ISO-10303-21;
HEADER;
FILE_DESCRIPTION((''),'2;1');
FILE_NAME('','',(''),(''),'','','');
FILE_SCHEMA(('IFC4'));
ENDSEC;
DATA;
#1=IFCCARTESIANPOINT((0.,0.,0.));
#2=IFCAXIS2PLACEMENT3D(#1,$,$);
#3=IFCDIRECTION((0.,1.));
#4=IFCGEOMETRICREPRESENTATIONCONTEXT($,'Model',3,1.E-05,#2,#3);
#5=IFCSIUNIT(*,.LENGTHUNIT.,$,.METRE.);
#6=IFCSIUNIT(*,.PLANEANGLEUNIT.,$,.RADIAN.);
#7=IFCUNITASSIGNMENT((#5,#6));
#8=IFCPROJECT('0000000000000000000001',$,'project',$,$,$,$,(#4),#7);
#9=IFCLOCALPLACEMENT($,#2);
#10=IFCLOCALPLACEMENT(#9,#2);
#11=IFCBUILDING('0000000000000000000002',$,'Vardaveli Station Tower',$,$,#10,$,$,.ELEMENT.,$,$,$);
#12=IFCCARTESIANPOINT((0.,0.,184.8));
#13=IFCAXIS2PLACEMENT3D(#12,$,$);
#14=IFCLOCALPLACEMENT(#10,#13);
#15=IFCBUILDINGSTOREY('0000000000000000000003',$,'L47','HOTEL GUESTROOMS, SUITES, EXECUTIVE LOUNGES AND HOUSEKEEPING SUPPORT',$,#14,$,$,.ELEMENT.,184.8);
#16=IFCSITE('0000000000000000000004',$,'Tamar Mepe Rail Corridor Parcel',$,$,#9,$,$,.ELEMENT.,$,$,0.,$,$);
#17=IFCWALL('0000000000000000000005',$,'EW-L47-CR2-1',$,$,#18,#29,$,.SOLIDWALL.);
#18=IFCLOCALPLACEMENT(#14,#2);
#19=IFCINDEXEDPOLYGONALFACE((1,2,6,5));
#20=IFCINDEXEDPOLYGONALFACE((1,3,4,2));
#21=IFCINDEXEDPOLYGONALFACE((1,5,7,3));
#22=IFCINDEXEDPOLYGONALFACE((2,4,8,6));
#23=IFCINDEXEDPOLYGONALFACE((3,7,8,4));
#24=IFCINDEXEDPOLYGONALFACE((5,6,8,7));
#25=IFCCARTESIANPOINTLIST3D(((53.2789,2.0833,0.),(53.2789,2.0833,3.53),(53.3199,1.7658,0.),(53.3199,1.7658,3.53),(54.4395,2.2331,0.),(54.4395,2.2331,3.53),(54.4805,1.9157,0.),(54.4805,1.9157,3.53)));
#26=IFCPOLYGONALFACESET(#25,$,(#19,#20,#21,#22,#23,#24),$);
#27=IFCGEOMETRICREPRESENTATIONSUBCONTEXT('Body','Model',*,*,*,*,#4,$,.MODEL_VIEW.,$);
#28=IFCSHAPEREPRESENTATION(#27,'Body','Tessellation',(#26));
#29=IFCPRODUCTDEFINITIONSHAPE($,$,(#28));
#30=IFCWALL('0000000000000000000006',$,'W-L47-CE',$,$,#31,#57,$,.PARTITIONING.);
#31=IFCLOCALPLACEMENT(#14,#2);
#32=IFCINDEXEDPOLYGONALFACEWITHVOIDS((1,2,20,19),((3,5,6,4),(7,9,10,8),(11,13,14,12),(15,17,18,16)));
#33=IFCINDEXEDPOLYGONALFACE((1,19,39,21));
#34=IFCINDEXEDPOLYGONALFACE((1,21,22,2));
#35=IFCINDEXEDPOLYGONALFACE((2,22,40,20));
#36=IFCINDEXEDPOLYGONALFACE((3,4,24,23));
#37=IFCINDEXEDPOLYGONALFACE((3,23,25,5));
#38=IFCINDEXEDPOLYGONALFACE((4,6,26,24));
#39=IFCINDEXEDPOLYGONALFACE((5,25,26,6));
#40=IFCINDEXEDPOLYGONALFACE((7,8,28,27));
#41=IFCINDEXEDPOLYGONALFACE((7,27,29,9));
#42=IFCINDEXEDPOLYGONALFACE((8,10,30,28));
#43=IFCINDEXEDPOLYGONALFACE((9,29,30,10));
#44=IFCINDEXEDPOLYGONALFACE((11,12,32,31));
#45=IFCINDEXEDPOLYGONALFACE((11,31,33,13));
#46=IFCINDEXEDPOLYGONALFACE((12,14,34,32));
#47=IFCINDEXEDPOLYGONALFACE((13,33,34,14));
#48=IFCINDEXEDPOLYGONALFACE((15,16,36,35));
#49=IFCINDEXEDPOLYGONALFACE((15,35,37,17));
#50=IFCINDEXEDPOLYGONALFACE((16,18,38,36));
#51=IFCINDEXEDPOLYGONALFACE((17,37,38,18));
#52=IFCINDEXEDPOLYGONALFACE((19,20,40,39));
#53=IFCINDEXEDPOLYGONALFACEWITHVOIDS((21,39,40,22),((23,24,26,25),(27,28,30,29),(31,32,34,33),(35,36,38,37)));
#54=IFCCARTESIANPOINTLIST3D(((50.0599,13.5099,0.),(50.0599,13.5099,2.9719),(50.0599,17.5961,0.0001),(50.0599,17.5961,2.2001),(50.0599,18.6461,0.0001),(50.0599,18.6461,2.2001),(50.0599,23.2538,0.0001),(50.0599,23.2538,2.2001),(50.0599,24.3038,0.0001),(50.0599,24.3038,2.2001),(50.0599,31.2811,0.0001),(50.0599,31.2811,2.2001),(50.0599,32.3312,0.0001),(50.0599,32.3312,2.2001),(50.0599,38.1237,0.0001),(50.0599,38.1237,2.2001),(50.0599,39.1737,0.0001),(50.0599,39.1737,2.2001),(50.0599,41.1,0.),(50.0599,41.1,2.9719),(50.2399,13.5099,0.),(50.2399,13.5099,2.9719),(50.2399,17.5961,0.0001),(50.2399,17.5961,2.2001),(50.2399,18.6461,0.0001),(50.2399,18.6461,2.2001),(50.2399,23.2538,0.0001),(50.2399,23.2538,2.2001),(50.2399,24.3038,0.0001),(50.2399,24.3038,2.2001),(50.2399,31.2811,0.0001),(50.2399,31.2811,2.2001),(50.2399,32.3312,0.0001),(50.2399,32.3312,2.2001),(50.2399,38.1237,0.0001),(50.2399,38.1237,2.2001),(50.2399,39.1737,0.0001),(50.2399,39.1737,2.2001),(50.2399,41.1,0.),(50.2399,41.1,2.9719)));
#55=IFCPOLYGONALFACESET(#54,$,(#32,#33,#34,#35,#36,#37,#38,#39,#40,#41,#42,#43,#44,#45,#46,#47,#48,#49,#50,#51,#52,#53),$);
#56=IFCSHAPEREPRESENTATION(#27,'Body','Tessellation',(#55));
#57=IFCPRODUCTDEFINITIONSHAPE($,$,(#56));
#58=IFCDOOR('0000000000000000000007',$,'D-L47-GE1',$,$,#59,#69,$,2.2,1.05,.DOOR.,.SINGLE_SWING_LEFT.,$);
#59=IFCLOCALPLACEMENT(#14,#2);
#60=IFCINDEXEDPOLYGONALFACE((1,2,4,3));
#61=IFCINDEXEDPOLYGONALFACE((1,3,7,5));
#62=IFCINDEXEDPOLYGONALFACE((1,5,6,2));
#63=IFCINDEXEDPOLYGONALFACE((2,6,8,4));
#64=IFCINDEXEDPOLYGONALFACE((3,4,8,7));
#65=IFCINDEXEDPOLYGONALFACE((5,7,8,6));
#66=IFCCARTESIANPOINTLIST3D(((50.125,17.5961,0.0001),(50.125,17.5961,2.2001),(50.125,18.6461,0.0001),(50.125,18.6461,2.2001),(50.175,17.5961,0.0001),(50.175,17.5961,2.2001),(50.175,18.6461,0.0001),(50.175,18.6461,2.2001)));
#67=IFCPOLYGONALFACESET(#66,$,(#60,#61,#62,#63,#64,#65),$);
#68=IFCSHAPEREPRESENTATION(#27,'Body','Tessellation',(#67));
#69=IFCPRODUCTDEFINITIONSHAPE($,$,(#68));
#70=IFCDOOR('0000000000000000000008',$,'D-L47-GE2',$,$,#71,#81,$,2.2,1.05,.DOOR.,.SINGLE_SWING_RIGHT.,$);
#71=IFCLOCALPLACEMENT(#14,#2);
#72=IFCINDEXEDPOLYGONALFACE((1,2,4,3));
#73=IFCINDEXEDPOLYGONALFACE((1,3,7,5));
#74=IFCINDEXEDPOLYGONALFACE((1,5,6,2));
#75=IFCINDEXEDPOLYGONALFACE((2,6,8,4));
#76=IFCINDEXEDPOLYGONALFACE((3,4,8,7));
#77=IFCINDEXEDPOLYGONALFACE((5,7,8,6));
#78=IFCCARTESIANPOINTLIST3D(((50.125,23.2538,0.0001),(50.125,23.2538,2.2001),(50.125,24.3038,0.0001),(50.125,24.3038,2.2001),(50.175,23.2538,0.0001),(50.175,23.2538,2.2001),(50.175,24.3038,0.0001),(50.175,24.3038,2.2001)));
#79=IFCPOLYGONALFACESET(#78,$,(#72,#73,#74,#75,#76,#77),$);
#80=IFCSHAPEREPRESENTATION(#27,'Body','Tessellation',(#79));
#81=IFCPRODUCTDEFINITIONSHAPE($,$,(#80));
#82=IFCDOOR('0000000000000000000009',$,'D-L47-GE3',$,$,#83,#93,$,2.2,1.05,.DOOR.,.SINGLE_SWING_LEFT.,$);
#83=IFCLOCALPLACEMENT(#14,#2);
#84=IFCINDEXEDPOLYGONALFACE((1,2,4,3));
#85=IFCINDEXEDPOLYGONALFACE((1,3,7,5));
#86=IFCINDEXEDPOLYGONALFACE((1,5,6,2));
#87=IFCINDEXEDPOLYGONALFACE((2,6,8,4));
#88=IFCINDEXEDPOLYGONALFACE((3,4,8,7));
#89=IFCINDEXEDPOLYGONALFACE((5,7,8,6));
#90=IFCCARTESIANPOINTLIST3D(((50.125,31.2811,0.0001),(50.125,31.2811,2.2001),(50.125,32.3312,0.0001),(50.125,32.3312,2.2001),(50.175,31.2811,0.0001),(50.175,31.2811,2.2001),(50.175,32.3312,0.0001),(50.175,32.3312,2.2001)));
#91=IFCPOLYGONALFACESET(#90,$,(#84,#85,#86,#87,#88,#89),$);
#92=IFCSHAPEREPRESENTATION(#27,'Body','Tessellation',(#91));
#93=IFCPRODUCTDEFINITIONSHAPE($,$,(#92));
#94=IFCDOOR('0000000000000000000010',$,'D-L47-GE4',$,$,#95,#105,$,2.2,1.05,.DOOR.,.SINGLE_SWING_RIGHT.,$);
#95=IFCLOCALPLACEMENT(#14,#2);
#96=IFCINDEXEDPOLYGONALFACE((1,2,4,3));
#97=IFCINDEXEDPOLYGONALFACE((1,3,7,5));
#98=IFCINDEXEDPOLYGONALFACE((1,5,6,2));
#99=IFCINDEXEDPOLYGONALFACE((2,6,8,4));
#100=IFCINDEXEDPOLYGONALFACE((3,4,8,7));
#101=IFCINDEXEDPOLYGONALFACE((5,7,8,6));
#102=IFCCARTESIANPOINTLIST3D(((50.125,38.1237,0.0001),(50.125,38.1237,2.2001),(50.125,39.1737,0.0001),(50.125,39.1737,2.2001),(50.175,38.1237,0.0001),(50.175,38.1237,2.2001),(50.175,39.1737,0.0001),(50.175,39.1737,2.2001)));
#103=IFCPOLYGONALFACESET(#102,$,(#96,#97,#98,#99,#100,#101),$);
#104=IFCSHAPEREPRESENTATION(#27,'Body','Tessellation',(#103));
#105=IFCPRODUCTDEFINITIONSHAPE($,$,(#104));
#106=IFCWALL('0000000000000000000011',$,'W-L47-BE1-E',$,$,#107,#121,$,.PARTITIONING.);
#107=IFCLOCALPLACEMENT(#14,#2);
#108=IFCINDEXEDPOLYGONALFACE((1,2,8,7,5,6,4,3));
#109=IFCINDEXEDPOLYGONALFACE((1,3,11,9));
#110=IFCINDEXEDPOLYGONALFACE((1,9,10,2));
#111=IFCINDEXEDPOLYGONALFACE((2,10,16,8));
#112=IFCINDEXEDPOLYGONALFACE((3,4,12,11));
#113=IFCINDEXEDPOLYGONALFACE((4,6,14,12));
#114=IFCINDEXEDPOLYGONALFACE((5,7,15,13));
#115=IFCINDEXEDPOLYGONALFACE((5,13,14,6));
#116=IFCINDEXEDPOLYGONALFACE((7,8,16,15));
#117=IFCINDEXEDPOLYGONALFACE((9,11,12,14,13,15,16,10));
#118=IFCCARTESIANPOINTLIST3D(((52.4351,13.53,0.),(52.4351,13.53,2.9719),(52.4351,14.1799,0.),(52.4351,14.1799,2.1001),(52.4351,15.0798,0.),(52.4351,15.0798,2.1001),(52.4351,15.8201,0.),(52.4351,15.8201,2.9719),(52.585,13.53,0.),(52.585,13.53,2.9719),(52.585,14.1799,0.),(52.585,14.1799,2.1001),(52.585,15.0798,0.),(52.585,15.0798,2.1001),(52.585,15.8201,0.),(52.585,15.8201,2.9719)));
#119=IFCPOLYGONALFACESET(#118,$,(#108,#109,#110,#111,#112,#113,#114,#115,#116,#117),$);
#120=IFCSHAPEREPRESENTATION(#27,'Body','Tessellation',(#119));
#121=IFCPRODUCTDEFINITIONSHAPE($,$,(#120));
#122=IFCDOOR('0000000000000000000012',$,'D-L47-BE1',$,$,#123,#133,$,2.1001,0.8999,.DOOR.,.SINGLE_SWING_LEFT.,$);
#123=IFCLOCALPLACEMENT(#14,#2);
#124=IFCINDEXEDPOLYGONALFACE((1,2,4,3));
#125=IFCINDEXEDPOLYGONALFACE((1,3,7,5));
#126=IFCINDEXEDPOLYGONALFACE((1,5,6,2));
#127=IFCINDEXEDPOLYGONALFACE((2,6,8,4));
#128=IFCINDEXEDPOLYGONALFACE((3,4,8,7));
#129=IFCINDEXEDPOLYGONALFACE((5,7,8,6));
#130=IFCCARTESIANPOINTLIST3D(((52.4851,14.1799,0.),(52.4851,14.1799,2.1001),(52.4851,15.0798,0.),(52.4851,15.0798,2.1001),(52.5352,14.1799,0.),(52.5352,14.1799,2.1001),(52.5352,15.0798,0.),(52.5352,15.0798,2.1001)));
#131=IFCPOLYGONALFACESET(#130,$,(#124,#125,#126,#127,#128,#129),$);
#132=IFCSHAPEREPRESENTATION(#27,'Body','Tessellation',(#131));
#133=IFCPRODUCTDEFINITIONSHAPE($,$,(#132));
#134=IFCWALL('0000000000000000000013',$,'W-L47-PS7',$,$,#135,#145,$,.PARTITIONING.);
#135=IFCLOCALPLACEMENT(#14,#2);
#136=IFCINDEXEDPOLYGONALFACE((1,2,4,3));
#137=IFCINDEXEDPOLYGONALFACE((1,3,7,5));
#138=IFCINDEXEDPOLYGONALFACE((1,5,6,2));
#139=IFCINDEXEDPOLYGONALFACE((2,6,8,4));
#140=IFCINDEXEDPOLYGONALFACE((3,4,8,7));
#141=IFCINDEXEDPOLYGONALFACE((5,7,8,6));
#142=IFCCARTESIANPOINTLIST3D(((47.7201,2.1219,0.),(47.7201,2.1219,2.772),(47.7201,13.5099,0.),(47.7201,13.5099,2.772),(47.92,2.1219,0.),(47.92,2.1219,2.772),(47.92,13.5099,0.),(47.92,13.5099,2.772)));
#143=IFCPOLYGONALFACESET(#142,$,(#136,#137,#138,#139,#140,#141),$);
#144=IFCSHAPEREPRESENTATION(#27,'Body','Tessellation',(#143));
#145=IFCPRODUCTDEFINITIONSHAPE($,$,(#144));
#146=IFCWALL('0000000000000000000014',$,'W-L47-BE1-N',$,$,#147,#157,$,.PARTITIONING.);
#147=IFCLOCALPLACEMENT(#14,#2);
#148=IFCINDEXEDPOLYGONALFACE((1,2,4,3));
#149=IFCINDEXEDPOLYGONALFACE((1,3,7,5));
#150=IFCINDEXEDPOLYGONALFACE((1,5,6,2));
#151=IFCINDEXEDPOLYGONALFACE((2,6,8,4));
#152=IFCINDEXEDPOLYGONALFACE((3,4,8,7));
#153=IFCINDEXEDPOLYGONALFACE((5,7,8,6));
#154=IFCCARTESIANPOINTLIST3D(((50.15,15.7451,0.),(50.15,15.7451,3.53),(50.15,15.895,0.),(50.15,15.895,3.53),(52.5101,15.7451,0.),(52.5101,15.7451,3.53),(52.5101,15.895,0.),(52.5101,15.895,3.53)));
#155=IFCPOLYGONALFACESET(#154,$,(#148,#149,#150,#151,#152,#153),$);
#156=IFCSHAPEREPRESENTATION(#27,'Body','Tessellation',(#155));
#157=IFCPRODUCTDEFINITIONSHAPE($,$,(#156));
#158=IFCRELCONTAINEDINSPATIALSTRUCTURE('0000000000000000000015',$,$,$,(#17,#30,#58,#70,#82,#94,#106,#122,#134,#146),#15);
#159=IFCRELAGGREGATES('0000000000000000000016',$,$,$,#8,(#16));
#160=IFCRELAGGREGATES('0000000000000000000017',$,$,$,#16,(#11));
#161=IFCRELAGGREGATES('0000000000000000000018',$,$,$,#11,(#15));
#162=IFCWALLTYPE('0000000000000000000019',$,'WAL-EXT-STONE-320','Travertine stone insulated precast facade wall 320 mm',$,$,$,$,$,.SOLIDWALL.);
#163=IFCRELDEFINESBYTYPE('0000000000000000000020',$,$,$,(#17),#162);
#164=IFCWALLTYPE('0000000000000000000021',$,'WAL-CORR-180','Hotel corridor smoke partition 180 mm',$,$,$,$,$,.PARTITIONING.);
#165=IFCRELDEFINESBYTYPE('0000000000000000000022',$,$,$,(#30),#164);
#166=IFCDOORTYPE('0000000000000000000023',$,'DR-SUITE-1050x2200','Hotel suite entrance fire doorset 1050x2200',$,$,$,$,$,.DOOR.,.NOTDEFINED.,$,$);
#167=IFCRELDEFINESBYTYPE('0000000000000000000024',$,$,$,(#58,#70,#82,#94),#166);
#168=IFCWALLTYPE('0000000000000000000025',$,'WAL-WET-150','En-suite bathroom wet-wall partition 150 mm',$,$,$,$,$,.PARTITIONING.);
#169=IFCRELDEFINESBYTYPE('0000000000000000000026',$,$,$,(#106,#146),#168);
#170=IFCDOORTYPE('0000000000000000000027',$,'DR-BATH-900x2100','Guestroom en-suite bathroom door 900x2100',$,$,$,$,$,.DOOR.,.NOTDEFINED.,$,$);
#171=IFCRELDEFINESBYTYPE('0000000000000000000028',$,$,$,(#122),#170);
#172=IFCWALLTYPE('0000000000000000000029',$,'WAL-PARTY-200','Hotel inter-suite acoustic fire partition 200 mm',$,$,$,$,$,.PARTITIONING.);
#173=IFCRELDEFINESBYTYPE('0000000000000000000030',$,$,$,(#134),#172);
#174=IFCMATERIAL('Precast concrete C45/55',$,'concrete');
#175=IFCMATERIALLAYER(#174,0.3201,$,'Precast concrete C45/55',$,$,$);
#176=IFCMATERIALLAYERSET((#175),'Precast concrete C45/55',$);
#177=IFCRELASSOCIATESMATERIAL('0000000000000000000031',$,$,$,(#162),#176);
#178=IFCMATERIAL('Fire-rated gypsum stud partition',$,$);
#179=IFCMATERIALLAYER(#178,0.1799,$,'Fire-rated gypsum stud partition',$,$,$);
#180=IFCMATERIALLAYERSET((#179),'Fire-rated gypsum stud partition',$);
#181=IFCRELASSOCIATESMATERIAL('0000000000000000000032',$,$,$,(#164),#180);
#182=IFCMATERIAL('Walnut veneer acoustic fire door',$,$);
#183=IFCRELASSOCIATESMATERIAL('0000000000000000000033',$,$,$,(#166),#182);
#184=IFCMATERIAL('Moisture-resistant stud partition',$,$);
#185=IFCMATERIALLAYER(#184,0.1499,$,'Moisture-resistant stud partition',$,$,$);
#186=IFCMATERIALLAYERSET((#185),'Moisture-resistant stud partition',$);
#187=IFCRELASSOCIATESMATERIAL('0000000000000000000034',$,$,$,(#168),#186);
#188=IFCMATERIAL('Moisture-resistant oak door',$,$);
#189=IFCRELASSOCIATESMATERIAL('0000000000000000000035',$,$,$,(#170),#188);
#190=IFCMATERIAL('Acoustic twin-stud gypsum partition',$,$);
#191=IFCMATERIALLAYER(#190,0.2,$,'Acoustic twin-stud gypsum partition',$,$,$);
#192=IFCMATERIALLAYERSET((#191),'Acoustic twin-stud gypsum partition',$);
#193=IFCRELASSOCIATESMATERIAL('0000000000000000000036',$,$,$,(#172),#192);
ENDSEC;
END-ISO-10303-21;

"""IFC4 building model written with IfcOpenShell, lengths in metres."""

from ifc_helpers import new_model, si_unit, direction, frame, frame_2d, origin, place, context, subcontext, project, spatial, rectangle, extrude, source, transform, mapped, material, layer, layer_set, type_object, element, fill, save


model = new_model("IFC4")

# Units and contexts
model_context = context("Model", 3, precision=1e-05, world=origin(), true_north=direction((0.0, 1.0)))
body_context = subcontext(model_context, "Body", "Model", "MODEL_VIEW")
ifc_project = project(units=[si_unit("LENGTHUNIT", "METRE"), si_unit("PLANEANGLEUNIT", "RADIAN")], contexts=[model_context])

# Site, building, storey
site_placement = place(None, origin())
site = spatial("IfcSite", under=ifc_project, at=site_placement, Name="Tamar Mepe Rail Corridor Parcel", CompositionType="ELEMENT", RefElevation=0.0)
building_placement = place(site_placement, origin())
building = spatial("IfcBuilding", under=site, at=building_placement, Name="Vardaveli Station Tower", CompositionType="ELEMENT")
storey_placement = place(building_placement, frame((0.0, 0.0, 184.8)))
storey = spatial("IfcBuildingStorey", under=building, at=storey_placement, Name="L47", Description="HOTEL GUESTROOMS, SUITES, EXECUTIVE LOUNGES AND HOUSEKEEPING SUPPORT", CompositionType="ELEMENT", Elevation=184.8)

# Shared definitions
ifc_material_1 = material(Name="Precast concrete C45/55", Category="concrete")

# Shared definitions
ifc_layer_1 = layer(ifc_material_1, 0.3201, Name="Precast concrete C45/55")
ifc_layer_set_1 = layer_set([ifc_layer_1], Name="Precast concrete C45/55")
wall_type_1 = type_object("IfcWallType", Name="WAL-EXT-STONE-320", Description="Travertine stone insulated precast facade wall 320 mm", PredefinedType="SOLIDWALL", material=ifc_layer_set_1)

# Wall
shared_shape_1 = source(origin(), body_context, "Body", "SweptSolid", [
    extrude(rectangle(XDim=1.1702, YDim=0.3201, at=frame_2d((0.585, 0.0))), origin(), (0.0, 0.0, 1.0), 3.53),
])
wall_1_placement = place(storey_placement, frame((53.2996, 1.9246, 0.0), z_axis=(0.0, 0.0, 1.0), x_axis=(0.991762, 0.12809, 0.0)))
element("IfcWall", 1, at=wall_1_placement, inside=storey, type_object=wall_type_1, Name="EW-L47-CR2-1", PredefinedType="SOLIDWALL", context=body_context, shape_type="MappedRepresentation", body=[
    mapped(shared_shape_1, transform((0.0, 0.0, 0.0), scale=1.0)),
])

# Wall, openings, doors
ifc_material_2 = material(Name="Fire-rated gypsum stud partition")
ifc_layer_2 = layer(ifc_material_2, 0.1799, Name="Fire-rated gypsum stud partition")
ifc_layer_set_2 = layer_set([ifc_layer_2], Name="Fire-rated gypsum stud partition")
wall_type_2 = type_object("IfcWallType", Name="WAL-CORR-180", Description="Hotel corridor smoke partition 180 mm", PredefinedType="PARTITIONING", material=ifc_layer_set_2)
shared_shape_2 = source(origin(), body_context, "Body", "SweptSolid", [
    extrude(rectangle(XDim=27.5901, YDim=0.1799, at=frame_2d((13.7949, 0.0))), origin(), (0.0, 0.0, 1.0), 2.9719),
])
wall_2_placement = place(storey_placement, frame((50.1499, 13.51, 0.0), z_axis=(0.0, 0.0, 1.0), x_axis=(0.0, 1.0, 0.0)))
wall_2 = element("IfcWall", 2, at=wall_2_placement, inside=storey, type_object=wall_type_2, Name="W-L47-CE", PredefinedType="PARTITIONING", context=body_context, shape_type="MappedRepresentation", body=[
    mapped(shared_shape_2, transform((0.0, 0.0, 0.0), scale=1.0)),
])
shared_shape_3 = source(origin(), body_context, "Body", "SweptSolid", [
    extrude(rectangle(XDim=1.05, YDim=2.2, at=frame_2d((0.5249, 1.1001))), frame((0.0, 0.1001, 0.0), z_axis=(0.0, -1.0, 0.0), x_axis=(1.0, 0.0, 0.0)), (0.0, 0.0, 1.0), 0.2),
])
opening_1_placement = place(wall_2_placement, frame((4.0862, 0.0, 0.0)))
opening_1 = element("IfcOpeningElement", 3, at=opening_1_placement, cuts=wall_2, PredefinedType="OPENING", context=body_context, shape_type="MappedRepresentation", body=[
    mapped(shared_shape_3, transform((0.0, 0.0, 0.0), scale=1.0)),
])
opening_2_placement = place(wall_2_placement, frame((9.7439, 0.0, 0.0)))
opening_2 = element("IfcOpeningElement", 4, at=opening_2_placement, cuts=wall_2, PredefinedType="OPENING", context=body_context, shape_type="MappedRepresentation", body=[
    mapped(shared_shape_3, transform((0.0, 0.0, 0.0), scale=1.0)),
])
opening_3_placement = place(wall_2_placement, frame((17.7712, 0.0, 0.0)))
opening_3 = element("IfcOpeningElement", 5, at=opening_3_placement, cuts=wall_2, PredefinedType="OPENING", context=body_context, shape_type="MappedRepresentation", body=[
    mapped(shared_shape_3, transform((0.0, 0.0, 0.0), scale=1.0)),
])
opening_4_placement = place(wall_2_placement, frame((24.6138, 0.0, 0.0)))
opening_4 = element("IfcOpeningElement", 6, at=opening_4_placement, cuts=wall_2, PredefinedType="OPENING", context=body_context, shape_type="MappedRepresentation", body=[
    mapped(shared_shape_3, transform((0.0, 0.0, 0.0), scale=1.0)),
])
ifc_material_3 = material(Name="Walnut veneer acoustic fire door")
door_type_1 = type_object("IfcDoorType", Name="DR-SUITE-1050x2200", Description="Hotel suite entrance fire doorset 1050x2200", OperationType="NOTDEFINED", PredefinedType="DOOR", material=ifc_material_3)
shared_shape_4 = source(origin(), body_context, "Body", "SweptSolid", [
    extrude(rectangle(XDim=1.05, YDim=2.2, at=frame_2d((0.5249, 1.1001))), frame((0.0, 0.0249, 0.0), z_axis=(0.0, -1.0, 0.0), x_axis=(1.0, 0.0, 0.0)), (0.0, 0.0, 1.0), 0.05),
])
door_1_placement = place(opening_1_placement, origin())
door_1 = element("IfcDoor", 7, at=door_1_placement, inside=storey, type_object=door_type_1, Name="D-L47-GE1", OperationType="SINGLE_SWING_LEFT", OverallHeight=2.2, OverallWidth=1.05, PredefinedType="DOOR", context=body_context, shape_type="MappedRepresentation", body=[
    mapped(shared_shape_4, transform((0.0, 0.0, 0.0), scale=1.0)),
])
fill(opening_1, door_1)
door_2_placement = place(opening_2_placement, origin())
door_2 = element("IfcDoor", 8, at=door_2_placement, inside=storey, type_object=door_type_1, Name="D-L47-GE2", OperationType="SINGLE_SWING_RIGHT", OverallHeight=2.2, OverallWidth=1.05, PredefinedType="DOOR", context=body_context, shape_type="MappedRepresentation", body=[
    mapped(shared_shape_4, transform((0.0, 0.0, 0.0), scale=1.0)),
])
fill(opening_2, door_2)
door_3_placement = place(opening_3_placement, origin())
door_3 = element("IfcDoor", 9, at=door_3_placement, inside=storey, type_object=door_type_1, Name="D-L47-GE3", OperationType="SINGLE_SWING_LEFT", OverallHeight=2.2, OverallWidth=1.05, PredefinedType="DOOR", context=body_context, shape_type="MappedRepresentation", body=[
    mapped(shared_shape_4, transform((0.0, 0.0, 0.0), scale=1.0)),
])
fill(opening_3, door_3)
door_4_placement = place(opening_4_placement, origin())
door_4 = element("IfcDoor", 10, at=door_4_placement, inside=storey, type_object=door_type_1, Name="D-L47-GE4", OperationType="SINGLE_SWING_RIGHT", OverallHeight=2.2, OverallWidth=1.05, PredefinedType="DOOR", context=body_context, shape_type="MappedRepresentation", body=[
    mapped(shared_shape_4, transform((0.0, 0.0, 0.0), scale=1.0)),
])
fill(opening_4, door_4)

# Wall, opening, door
ifc_material_4 = material(Name="Moisture-resistant stud partition")
ifc_layer_3 = layer(ifc_material_4, 0.1499, Name="Moisture-resistant stud partition")
ifc_layer_set_3 = layer_set([ifc_layer_3], Name="Moisture-resistant stud partition")
wall_type_3 = type_object("IfcWallType", Name="WAL-WET-150", Description="En-suite bathroom wet-wall partition 150 mm", PredefinedType="PARTITIONING", material=ifc_layer_set_3)
shared_shape_5 = source(origin(), body_context, "Body", "SweptSolid", [
    extrude(rectangle(XDim=2.29, YDim=0.1499, at=frame_2d((1.145, 0.0))), origin(), (0.0, 0.0, 1.0), 2.9719),
])
wall_3_placement = place(storey_placement, frame((52.51, 13.53, 0.0), z_axis=(0.0, 0.0, 1.0), x_axis=(0.0, 1.0, 0.0)))
wall_3 = element("IfcWall", 11, at=wall_3_placement, inside=storey, type_object=wall_type_3, Name="W-L47-BE1-E", PredefinedType="PARTITIONING", context=body_context, shape_type="MappedRepresentation", body=[
    mapped(shared_shape_5, transform((0.0, 0.0, 0.0), scale=1.0)),
])
shared_shape_6 = source(origin(), body_context, "Body", "SweptSolid", [
    extrude(rectangle(XDim=0.8999, YDim=2.1001, at=frame_2d((0.45, 1.05))), frame((0.0, 0.085, 0.0), z_axis=(0.0, -1.0, 0.0), x_axis=(1.0, 0.0, 0.0)), (0.0, 0.0, 1.0), 0.1699),
])
opening_5_placement = place(wall_3_placement, frame((0.6499, 0.0, 0.0)))
opening_5 = element("IfcOpeningElement", 12, at=opening_5_placement, cuts=wall_3, PredefinedType="OPENING", context=body_context, shape_type="MappedRepresentation", body=[
    mapped(shared_shape_6, transform((0.0, 0.0, 0.0), scale=1.0)),
])
ifc_material_5 = material(Name="Moisture-resistant oak door")
door_type_2 = type_object("IfcDoorType", Name="DR-BATH-900x2100", Description="Guestroom en-suite bathroom door 900x2100", OperationType="NOTDEFINED", PredefinedType="DOOR", material=ifc_material_5)
shared_shape_7 = source(origin(), body_context, "Body", "SweptSolid", [
    extrude(rectangle(XDim=0.8999, YDim=2.1001, at=frame_2d((0.45, 1.05))), frame((0.0, 0.0249, 0.0), z_axis=(0.0, -1.0, 0.0), x_axis=(1.0, 0.0, 0.0)), (0.0, 0.0, 1.0), 0.05),
])
door_5_placement = place(opening_5_placement, origin())
door_5 = element("IfcDoor", 13, at=door_5_placement, inside=storey, type_object=door_type_2, Name="D-L47-BE1", OperationType="SINGLE_SWING_LEFT", OverallHeight=2.1001, OverallWidth=0.8999, PredefinedType="DOOR", context=body_context, shape_type="MappedRepresentation", body=[
    mapped(shared_shape_7, transform((0.0, 0.0, 0.0), scale=1.0)),
])
fill(opening_5, door_5)

# Walls
ifc_material_6 = material(Name="Acoustic twin-stud gypsum partition")
ifc_layer_4 = layer(ifc_material_6, 0.2, Name="Acoustic twin-stud gypsum partition")
ifc_layer_set_4 = layer_set([ifc_layer_4], Name="Acoustic twin-stud gypsum partition")
wall_type_4 = type_object("IfcWallType", Name="WAL-PARTY-200", Description="Hotel inter-suite acoustic fire partition 200 mm", PredefinedType="PARTITIONING", material=ifc_layer_set_4)
shared_shape_8 = source(origin(), body_context, "Body", "SweptSolid", [
    extrude(rectangle(XDim=11.3879, YDim=0.2, at=frame_2d((5.6938, 0.0))), origin(), (0.0, 0.0, 1.0), 2.772),
])
wall_4_placement = place(storey_placement, frame((47.8201, 2.1221, 0.0), z_axis=(0.0, 0.0, 1.0), x_axis=(0.0, 1.0, 0.0)))
element("IfcWall", 14, at=wall_4_placement, inside=storey, type_object=wall_type_4, Name="W-L47-PS7", PredefinedType="PARTITIONING", context=body_context, shape_type="MappedRepresentation", body=[
    mapped(shared_shape_8, transform((0.0, 0.0, 0.0), scale=1.0)),
])
shared_shape_9 = source(origin(), body_context, "Body", "SweptSolid", [
    extrude(rectangle(XDim=2.3601, YDim=0.1499, at=frame_2d((1.1802, 0.0))), origin(), (0.0, 0.0, 1.0), 3.53),
])
wall_5_placement = place(storey_placement, frame((50.1499, 15.8201, 0.0), z_axis=(0.0, 0.0, 1.0), x_axis=(1.0, 0.0, 0.0)))
element("IfcWall", 15, at=wall_5_placement, inside=storey, type_object=wall_type_3, Name="W-L47-BE1-N", PredefinedType="PARTITIONING", context=body_context, shape_type="MappedRepresentation", body=[
    mapped(shared_shape_9, transform((0.0, 0.0, 0.0), scale=1.0)),
])

save(model, "model.ifc")
